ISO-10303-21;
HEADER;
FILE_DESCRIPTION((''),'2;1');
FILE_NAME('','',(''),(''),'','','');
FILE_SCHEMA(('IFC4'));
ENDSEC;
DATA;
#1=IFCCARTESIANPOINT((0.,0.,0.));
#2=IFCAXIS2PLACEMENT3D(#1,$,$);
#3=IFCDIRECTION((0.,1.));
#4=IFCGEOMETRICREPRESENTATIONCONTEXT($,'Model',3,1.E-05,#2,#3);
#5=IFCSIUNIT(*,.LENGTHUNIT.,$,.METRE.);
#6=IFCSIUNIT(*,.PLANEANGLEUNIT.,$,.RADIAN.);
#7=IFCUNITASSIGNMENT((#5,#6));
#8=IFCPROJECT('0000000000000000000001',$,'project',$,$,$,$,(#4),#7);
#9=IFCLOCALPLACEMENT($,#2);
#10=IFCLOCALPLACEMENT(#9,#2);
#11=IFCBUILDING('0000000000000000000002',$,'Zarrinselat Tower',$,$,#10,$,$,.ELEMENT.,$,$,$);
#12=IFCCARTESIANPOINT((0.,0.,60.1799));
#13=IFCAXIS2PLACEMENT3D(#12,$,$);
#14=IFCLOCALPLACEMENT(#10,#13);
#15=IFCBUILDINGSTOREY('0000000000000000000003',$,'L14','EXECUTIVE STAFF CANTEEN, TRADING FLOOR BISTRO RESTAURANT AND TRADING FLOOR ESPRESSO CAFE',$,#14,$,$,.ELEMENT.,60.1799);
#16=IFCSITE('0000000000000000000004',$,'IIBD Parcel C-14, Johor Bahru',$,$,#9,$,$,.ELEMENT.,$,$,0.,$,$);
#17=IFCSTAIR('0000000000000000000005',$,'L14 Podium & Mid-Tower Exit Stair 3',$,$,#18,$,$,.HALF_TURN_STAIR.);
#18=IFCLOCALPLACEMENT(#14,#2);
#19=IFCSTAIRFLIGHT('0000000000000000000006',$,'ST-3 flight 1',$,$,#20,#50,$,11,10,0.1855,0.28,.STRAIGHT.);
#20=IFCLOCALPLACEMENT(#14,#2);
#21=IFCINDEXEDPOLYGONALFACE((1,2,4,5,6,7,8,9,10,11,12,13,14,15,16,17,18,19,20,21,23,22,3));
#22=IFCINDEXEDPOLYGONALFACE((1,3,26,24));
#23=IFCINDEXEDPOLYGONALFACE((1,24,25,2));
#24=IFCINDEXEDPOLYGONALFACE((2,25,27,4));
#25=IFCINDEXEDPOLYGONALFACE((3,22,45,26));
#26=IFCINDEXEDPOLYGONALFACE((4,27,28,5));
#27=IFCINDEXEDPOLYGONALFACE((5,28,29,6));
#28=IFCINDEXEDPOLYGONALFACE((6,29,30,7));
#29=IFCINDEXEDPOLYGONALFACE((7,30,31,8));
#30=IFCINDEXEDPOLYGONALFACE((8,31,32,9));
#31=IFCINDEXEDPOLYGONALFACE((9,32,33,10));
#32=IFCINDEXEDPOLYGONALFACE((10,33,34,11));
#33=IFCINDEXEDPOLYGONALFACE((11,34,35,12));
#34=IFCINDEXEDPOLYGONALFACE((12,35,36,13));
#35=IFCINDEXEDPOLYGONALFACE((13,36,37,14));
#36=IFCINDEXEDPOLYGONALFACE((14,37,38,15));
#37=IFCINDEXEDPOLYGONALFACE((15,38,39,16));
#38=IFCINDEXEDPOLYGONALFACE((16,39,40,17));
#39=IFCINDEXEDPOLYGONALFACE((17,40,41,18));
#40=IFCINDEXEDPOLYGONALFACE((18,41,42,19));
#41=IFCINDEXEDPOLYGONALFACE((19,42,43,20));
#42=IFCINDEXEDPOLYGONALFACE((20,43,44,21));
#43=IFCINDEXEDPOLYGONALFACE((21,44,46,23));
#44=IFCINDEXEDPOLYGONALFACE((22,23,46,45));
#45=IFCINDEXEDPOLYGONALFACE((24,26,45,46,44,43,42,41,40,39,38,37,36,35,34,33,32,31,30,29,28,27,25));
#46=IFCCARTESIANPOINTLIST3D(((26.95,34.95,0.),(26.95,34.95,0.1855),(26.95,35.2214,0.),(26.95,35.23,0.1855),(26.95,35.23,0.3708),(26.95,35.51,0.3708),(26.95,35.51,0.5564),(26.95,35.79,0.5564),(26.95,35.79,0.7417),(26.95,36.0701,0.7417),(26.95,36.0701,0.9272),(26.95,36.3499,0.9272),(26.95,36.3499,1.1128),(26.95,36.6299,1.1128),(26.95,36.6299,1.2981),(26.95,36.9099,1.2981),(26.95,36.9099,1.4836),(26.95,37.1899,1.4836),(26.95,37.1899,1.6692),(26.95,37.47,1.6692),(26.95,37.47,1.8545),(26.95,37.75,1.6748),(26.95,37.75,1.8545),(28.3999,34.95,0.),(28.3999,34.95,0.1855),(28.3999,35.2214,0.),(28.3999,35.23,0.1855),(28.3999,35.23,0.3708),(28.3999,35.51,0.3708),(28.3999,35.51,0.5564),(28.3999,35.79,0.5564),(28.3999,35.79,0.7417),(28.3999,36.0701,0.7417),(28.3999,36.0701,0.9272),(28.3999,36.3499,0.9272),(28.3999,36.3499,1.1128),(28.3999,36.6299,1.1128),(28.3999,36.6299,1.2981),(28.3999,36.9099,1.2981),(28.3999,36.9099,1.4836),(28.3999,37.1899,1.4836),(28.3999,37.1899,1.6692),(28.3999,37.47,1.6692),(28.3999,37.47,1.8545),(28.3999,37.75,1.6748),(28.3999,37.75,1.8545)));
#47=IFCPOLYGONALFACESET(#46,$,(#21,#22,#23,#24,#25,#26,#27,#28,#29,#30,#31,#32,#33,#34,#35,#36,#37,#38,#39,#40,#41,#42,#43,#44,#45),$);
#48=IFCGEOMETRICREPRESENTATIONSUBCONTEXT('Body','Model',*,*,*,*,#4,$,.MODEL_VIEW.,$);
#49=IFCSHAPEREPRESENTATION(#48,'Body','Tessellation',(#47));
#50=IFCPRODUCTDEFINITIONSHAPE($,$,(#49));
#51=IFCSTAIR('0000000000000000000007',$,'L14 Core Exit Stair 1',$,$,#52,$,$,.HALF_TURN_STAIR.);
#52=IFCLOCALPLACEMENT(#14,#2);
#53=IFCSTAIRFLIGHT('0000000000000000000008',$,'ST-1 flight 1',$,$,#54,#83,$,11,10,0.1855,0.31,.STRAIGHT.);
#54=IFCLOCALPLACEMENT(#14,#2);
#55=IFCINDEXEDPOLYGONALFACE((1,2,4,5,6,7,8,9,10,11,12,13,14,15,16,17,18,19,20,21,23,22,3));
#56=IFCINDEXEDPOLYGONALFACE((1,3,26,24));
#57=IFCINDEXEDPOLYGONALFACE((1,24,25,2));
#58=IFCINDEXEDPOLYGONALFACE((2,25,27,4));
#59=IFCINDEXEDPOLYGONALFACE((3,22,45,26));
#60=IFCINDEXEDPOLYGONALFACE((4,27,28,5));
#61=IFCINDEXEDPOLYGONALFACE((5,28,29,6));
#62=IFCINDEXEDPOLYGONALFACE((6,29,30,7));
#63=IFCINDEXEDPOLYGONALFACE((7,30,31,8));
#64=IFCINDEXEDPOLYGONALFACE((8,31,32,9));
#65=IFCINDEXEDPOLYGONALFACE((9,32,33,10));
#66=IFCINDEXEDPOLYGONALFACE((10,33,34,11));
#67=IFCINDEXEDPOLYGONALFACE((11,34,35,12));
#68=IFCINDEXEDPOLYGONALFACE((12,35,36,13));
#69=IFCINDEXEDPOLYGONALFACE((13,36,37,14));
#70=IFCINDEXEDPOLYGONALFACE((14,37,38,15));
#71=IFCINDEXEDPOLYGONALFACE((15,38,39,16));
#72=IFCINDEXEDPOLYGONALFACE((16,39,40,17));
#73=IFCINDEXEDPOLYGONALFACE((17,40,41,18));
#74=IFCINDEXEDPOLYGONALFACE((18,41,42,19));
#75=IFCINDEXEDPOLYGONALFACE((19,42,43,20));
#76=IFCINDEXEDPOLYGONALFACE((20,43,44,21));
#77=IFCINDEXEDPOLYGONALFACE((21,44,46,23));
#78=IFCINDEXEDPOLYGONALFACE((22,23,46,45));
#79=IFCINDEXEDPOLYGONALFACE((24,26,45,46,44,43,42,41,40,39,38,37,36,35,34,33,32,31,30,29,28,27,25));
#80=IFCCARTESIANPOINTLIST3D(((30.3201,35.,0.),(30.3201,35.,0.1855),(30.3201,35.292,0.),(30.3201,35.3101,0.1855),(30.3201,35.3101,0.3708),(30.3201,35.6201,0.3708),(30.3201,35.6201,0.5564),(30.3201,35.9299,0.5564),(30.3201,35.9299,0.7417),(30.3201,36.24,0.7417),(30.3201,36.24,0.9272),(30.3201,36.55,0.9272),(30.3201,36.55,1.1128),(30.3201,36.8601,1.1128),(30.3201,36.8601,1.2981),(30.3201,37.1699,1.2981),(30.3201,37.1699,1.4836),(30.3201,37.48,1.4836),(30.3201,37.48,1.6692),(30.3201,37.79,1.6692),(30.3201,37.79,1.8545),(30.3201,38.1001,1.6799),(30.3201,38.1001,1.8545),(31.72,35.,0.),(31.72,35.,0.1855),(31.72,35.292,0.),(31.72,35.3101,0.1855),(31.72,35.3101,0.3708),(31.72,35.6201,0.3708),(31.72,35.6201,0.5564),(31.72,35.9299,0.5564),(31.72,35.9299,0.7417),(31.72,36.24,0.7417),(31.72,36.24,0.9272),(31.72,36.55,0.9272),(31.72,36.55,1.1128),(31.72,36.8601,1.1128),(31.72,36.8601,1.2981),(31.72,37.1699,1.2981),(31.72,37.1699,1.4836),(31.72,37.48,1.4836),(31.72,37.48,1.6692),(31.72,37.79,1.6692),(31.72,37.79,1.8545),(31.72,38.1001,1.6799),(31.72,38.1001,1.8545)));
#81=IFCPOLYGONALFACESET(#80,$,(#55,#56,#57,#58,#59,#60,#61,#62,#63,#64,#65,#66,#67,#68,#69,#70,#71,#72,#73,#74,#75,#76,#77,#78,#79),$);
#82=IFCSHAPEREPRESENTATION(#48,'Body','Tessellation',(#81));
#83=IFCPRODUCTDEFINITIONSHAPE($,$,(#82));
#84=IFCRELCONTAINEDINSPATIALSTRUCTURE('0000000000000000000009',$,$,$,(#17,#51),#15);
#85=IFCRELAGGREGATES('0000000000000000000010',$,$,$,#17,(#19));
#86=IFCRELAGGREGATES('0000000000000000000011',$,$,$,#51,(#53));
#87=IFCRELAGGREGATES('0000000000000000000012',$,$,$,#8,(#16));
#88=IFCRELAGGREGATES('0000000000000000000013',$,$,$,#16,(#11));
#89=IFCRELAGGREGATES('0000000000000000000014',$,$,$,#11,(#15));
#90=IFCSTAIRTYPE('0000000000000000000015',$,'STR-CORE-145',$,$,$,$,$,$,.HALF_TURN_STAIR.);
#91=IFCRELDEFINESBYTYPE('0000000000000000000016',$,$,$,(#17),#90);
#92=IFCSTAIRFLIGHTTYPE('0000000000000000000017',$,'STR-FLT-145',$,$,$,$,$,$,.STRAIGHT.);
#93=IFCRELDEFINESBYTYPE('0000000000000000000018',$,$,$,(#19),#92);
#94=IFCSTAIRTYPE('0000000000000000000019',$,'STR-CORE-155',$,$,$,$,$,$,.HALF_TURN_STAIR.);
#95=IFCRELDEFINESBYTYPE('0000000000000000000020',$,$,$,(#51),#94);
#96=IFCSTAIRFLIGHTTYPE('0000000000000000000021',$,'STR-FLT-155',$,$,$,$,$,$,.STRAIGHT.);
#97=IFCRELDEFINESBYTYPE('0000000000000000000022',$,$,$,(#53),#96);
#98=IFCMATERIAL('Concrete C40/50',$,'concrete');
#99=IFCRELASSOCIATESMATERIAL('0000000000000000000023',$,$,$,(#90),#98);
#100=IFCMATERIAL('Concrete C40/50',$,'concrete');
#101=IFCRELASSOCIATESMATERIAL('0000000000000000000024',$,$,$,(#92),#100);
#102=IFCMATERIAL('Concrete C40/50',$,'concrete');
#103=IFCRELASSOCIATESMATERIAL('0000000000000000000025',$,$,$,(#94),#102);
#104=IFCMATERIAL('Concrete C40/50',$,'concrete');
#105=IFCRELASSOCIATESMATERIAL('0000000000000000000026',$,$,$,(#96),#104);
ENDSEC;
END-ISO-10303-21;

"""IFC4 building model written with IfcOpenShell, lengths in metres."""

from ifc_helpers import new_model, si_unit, direction, frame, origin, place, context, subcontext, project, spatial, polyline, outline, extrude, material, type_object, element, aggregate, save


model = new_model("IFC4")

# Units and contexts
model_context = context("Model", 3, precision=1e-05, world=origin(), true_north=direction((0.0, 1.0)))
body_context = subcontext(model_context, "Body", "Model", "MODEL_VIEW")
ifc_project = project(units=[si_unit("LENGTHUNIT", "METRE"), si_unit("PLANEANGLEUNIT", "RADIAN")], contexts=[model_context])

# Site, building, storey
site_placement = place(None, origin())
site = spatial("IfcSite", under=ifc_project, at=site_placement, Name="IIBD Parcel C-14, Johor Bahru", CompositionType="ELEMENT", RefElevation=0.0)
building_placement = place(site_placement, origin())
building = spatial("IfcBuilding", under=site, at=building_placement, Name="Zarrinselat Tower", CompositionType="ELEMENT")
storey_placement = place(building_placement, frame((0.0, 0.0, 60.1799)))
storey = spatial("IfcBuildingStorey", under=building, at=storey_placement, Name="L14", Description="EXECUTIVE STAFF CANTEEN, TRADING FLOOR BISTRO RESTAURANT AND TRADING FLOOR ESPRESSO CAFE", CompositionType="ELEMENT", Elevation=60.1799)

# Stairs, stair flights
ifc_material_1 = material(Name="Concrete C40/50", Category="concrete")
stair_type_1 = type_object("IfcStairType", Name="STR-CORE-145", PredefinedType="HALF_TURN_STAIR", material=ifc_material_1)
stair_1_placement = place(storey_placement, origin())
stair_1 = element("IfcStair", 1, at=stair_1_placement, inside=storey, type_object=stair_type_1, Name="L14 Podium & Mid-Tower Exit Stair 3", PredefinedType="HALF_TURN_STAIR")
ifc_material_2 = material(Name="Concrete C40/50", Category="concrete")
stair_flight_type_1 = type_object("IfcStairFlightType", Name="STR-FLT-145", PredefinedType="STRAIGHT", material=ifc_material_2)
stair_flight_1_placement = place(storey_placement, frame((27.675, 34.95, 0.0), z_axis=(0.0, 0.0, 1.0), x_axis=(0.0, 1.0, 0.0)))
stair_flight_1 = element("IfcStairFlight", 2, at=stair_flight_1_placement, type_object=stair_flight_type_1, Name="ST-3 flight 1", NumberOfRisers=11, NumberOfTreads=10, PredefinedType="STRAIGHT", RiserHeight=0.1855, TreadLength=0.28, context=body_context, shape_type="SweptSolid", body=[
    extrude(outline(polyline([(0.0, 0.0), (0.0, 0.1855), (0.28, 0.1855), (0.28, 0.3708), (0.5601, 0.3708), (0.5601, 0.5564), (0.8401, 0.5564), (0.8401, 0.7417), (1.1201, 0.7417), (1.1201, 0.9272), (1.3999, 0.9272), (1.3999, 1.1128), (1.6799, 1.1128), (1.6799, 1.2981), (1.96, 1.2981), (1.96, 1.4836), (2.24, 1.4836), (2.24, 1.6692), (2.52, 1.6692), (2.52, 1.8545), (2.8, 1.8545), (2.8, 2.04), (2.8, 1.6748), (0.2715, 0.0), (0.0, 0.0)])), frame((0.0, 0.7251, 0.0), z_axis=(0.0, -1.0, 0.0), x_axis=(1.0, 0.0, 0.0)), (0.0, 0.0, 1.0), 1.45),
])
aggregate(stair_1, [stair_flight_1])
ifc_material_3 = material(Name="Concrete C40/50", Category="concrete")
stair_type_2 = type_object("IfcStairType", Name="STR-CORE-155", PredefinedType="HALF_TURN_STAIR", material=ifc_material_3)
stair_2_placement = place(storey_placement, origin())
stair_2 = element("IfcStair", 3, at=stair_2_placement, inside=storey, type_object=stair_type_2, Name="L14 Core Exit Stair 1", PredefinedType="HALF_TURN_STAIR")
ifc_material_4 = material(Name="Concrete C40/50", Category="concrete")
stair_flight_type_2 = type_object("IfcStairFlightType", Name="STR-FLT-155", PredefinedType="STRAIGHT", material=ifc_material_4)
stair_flight_2_placement = place(storey_placement, frame((31.02, 35.0, 0.0), z_axis=(0.0, 0.0, 1.0), x_axis=(0.0, 1.0, 0.0)))
stair_flight_2 = element("IfcStairFlight", 4, at=stair_flight_2_placement, type_object=stair_flight_type_2, Name="ST-1 flight 1", NumberOfRisers=11, NumberOfTreads=10, PredefinedType="STRAIGHT", RiserHeight=0.1855, TreadLength=0.31, context=body_context, shape_type="SweptSolid", body=[
    extrude(outline(polyline([(0.0, 0.0), (0.0, 0.1855), (0.3101, 0.1855), (0.3101, 0.3708), (0.6201, 0.3708), (0.6201, 0.5564), (0.9299, 0.5564), (0.9299, 0.7417), (1.24, 0.7417), (1.24, 0.9272), (1.55, 0.9272), (1.55, 1.1128), (1.8601, 1.1128), (1.8601, 1.2981), (2.1699, 1.2981), (2.1699, 1.4836), (2.48, 1.4836), (2.48, 1.6692), (2.79, 1.6692), (2.79, 1.8545), (3.1001, 1.8545), (3.1001, 2.04), (3.1001, 1.6799), (0.292, 0.0), (0.0, 0.0)])), frame((0.0, 0.7, 0.0), z_axis=(0.0, -1.0, 0.0), x_axis=(1.0, 0.0, 0.0)), (0.0, 0.0, 1.0), 1.3999),
])
aggregate(stair_2, [stair_flight_2])

save(model, "model.ifc")
